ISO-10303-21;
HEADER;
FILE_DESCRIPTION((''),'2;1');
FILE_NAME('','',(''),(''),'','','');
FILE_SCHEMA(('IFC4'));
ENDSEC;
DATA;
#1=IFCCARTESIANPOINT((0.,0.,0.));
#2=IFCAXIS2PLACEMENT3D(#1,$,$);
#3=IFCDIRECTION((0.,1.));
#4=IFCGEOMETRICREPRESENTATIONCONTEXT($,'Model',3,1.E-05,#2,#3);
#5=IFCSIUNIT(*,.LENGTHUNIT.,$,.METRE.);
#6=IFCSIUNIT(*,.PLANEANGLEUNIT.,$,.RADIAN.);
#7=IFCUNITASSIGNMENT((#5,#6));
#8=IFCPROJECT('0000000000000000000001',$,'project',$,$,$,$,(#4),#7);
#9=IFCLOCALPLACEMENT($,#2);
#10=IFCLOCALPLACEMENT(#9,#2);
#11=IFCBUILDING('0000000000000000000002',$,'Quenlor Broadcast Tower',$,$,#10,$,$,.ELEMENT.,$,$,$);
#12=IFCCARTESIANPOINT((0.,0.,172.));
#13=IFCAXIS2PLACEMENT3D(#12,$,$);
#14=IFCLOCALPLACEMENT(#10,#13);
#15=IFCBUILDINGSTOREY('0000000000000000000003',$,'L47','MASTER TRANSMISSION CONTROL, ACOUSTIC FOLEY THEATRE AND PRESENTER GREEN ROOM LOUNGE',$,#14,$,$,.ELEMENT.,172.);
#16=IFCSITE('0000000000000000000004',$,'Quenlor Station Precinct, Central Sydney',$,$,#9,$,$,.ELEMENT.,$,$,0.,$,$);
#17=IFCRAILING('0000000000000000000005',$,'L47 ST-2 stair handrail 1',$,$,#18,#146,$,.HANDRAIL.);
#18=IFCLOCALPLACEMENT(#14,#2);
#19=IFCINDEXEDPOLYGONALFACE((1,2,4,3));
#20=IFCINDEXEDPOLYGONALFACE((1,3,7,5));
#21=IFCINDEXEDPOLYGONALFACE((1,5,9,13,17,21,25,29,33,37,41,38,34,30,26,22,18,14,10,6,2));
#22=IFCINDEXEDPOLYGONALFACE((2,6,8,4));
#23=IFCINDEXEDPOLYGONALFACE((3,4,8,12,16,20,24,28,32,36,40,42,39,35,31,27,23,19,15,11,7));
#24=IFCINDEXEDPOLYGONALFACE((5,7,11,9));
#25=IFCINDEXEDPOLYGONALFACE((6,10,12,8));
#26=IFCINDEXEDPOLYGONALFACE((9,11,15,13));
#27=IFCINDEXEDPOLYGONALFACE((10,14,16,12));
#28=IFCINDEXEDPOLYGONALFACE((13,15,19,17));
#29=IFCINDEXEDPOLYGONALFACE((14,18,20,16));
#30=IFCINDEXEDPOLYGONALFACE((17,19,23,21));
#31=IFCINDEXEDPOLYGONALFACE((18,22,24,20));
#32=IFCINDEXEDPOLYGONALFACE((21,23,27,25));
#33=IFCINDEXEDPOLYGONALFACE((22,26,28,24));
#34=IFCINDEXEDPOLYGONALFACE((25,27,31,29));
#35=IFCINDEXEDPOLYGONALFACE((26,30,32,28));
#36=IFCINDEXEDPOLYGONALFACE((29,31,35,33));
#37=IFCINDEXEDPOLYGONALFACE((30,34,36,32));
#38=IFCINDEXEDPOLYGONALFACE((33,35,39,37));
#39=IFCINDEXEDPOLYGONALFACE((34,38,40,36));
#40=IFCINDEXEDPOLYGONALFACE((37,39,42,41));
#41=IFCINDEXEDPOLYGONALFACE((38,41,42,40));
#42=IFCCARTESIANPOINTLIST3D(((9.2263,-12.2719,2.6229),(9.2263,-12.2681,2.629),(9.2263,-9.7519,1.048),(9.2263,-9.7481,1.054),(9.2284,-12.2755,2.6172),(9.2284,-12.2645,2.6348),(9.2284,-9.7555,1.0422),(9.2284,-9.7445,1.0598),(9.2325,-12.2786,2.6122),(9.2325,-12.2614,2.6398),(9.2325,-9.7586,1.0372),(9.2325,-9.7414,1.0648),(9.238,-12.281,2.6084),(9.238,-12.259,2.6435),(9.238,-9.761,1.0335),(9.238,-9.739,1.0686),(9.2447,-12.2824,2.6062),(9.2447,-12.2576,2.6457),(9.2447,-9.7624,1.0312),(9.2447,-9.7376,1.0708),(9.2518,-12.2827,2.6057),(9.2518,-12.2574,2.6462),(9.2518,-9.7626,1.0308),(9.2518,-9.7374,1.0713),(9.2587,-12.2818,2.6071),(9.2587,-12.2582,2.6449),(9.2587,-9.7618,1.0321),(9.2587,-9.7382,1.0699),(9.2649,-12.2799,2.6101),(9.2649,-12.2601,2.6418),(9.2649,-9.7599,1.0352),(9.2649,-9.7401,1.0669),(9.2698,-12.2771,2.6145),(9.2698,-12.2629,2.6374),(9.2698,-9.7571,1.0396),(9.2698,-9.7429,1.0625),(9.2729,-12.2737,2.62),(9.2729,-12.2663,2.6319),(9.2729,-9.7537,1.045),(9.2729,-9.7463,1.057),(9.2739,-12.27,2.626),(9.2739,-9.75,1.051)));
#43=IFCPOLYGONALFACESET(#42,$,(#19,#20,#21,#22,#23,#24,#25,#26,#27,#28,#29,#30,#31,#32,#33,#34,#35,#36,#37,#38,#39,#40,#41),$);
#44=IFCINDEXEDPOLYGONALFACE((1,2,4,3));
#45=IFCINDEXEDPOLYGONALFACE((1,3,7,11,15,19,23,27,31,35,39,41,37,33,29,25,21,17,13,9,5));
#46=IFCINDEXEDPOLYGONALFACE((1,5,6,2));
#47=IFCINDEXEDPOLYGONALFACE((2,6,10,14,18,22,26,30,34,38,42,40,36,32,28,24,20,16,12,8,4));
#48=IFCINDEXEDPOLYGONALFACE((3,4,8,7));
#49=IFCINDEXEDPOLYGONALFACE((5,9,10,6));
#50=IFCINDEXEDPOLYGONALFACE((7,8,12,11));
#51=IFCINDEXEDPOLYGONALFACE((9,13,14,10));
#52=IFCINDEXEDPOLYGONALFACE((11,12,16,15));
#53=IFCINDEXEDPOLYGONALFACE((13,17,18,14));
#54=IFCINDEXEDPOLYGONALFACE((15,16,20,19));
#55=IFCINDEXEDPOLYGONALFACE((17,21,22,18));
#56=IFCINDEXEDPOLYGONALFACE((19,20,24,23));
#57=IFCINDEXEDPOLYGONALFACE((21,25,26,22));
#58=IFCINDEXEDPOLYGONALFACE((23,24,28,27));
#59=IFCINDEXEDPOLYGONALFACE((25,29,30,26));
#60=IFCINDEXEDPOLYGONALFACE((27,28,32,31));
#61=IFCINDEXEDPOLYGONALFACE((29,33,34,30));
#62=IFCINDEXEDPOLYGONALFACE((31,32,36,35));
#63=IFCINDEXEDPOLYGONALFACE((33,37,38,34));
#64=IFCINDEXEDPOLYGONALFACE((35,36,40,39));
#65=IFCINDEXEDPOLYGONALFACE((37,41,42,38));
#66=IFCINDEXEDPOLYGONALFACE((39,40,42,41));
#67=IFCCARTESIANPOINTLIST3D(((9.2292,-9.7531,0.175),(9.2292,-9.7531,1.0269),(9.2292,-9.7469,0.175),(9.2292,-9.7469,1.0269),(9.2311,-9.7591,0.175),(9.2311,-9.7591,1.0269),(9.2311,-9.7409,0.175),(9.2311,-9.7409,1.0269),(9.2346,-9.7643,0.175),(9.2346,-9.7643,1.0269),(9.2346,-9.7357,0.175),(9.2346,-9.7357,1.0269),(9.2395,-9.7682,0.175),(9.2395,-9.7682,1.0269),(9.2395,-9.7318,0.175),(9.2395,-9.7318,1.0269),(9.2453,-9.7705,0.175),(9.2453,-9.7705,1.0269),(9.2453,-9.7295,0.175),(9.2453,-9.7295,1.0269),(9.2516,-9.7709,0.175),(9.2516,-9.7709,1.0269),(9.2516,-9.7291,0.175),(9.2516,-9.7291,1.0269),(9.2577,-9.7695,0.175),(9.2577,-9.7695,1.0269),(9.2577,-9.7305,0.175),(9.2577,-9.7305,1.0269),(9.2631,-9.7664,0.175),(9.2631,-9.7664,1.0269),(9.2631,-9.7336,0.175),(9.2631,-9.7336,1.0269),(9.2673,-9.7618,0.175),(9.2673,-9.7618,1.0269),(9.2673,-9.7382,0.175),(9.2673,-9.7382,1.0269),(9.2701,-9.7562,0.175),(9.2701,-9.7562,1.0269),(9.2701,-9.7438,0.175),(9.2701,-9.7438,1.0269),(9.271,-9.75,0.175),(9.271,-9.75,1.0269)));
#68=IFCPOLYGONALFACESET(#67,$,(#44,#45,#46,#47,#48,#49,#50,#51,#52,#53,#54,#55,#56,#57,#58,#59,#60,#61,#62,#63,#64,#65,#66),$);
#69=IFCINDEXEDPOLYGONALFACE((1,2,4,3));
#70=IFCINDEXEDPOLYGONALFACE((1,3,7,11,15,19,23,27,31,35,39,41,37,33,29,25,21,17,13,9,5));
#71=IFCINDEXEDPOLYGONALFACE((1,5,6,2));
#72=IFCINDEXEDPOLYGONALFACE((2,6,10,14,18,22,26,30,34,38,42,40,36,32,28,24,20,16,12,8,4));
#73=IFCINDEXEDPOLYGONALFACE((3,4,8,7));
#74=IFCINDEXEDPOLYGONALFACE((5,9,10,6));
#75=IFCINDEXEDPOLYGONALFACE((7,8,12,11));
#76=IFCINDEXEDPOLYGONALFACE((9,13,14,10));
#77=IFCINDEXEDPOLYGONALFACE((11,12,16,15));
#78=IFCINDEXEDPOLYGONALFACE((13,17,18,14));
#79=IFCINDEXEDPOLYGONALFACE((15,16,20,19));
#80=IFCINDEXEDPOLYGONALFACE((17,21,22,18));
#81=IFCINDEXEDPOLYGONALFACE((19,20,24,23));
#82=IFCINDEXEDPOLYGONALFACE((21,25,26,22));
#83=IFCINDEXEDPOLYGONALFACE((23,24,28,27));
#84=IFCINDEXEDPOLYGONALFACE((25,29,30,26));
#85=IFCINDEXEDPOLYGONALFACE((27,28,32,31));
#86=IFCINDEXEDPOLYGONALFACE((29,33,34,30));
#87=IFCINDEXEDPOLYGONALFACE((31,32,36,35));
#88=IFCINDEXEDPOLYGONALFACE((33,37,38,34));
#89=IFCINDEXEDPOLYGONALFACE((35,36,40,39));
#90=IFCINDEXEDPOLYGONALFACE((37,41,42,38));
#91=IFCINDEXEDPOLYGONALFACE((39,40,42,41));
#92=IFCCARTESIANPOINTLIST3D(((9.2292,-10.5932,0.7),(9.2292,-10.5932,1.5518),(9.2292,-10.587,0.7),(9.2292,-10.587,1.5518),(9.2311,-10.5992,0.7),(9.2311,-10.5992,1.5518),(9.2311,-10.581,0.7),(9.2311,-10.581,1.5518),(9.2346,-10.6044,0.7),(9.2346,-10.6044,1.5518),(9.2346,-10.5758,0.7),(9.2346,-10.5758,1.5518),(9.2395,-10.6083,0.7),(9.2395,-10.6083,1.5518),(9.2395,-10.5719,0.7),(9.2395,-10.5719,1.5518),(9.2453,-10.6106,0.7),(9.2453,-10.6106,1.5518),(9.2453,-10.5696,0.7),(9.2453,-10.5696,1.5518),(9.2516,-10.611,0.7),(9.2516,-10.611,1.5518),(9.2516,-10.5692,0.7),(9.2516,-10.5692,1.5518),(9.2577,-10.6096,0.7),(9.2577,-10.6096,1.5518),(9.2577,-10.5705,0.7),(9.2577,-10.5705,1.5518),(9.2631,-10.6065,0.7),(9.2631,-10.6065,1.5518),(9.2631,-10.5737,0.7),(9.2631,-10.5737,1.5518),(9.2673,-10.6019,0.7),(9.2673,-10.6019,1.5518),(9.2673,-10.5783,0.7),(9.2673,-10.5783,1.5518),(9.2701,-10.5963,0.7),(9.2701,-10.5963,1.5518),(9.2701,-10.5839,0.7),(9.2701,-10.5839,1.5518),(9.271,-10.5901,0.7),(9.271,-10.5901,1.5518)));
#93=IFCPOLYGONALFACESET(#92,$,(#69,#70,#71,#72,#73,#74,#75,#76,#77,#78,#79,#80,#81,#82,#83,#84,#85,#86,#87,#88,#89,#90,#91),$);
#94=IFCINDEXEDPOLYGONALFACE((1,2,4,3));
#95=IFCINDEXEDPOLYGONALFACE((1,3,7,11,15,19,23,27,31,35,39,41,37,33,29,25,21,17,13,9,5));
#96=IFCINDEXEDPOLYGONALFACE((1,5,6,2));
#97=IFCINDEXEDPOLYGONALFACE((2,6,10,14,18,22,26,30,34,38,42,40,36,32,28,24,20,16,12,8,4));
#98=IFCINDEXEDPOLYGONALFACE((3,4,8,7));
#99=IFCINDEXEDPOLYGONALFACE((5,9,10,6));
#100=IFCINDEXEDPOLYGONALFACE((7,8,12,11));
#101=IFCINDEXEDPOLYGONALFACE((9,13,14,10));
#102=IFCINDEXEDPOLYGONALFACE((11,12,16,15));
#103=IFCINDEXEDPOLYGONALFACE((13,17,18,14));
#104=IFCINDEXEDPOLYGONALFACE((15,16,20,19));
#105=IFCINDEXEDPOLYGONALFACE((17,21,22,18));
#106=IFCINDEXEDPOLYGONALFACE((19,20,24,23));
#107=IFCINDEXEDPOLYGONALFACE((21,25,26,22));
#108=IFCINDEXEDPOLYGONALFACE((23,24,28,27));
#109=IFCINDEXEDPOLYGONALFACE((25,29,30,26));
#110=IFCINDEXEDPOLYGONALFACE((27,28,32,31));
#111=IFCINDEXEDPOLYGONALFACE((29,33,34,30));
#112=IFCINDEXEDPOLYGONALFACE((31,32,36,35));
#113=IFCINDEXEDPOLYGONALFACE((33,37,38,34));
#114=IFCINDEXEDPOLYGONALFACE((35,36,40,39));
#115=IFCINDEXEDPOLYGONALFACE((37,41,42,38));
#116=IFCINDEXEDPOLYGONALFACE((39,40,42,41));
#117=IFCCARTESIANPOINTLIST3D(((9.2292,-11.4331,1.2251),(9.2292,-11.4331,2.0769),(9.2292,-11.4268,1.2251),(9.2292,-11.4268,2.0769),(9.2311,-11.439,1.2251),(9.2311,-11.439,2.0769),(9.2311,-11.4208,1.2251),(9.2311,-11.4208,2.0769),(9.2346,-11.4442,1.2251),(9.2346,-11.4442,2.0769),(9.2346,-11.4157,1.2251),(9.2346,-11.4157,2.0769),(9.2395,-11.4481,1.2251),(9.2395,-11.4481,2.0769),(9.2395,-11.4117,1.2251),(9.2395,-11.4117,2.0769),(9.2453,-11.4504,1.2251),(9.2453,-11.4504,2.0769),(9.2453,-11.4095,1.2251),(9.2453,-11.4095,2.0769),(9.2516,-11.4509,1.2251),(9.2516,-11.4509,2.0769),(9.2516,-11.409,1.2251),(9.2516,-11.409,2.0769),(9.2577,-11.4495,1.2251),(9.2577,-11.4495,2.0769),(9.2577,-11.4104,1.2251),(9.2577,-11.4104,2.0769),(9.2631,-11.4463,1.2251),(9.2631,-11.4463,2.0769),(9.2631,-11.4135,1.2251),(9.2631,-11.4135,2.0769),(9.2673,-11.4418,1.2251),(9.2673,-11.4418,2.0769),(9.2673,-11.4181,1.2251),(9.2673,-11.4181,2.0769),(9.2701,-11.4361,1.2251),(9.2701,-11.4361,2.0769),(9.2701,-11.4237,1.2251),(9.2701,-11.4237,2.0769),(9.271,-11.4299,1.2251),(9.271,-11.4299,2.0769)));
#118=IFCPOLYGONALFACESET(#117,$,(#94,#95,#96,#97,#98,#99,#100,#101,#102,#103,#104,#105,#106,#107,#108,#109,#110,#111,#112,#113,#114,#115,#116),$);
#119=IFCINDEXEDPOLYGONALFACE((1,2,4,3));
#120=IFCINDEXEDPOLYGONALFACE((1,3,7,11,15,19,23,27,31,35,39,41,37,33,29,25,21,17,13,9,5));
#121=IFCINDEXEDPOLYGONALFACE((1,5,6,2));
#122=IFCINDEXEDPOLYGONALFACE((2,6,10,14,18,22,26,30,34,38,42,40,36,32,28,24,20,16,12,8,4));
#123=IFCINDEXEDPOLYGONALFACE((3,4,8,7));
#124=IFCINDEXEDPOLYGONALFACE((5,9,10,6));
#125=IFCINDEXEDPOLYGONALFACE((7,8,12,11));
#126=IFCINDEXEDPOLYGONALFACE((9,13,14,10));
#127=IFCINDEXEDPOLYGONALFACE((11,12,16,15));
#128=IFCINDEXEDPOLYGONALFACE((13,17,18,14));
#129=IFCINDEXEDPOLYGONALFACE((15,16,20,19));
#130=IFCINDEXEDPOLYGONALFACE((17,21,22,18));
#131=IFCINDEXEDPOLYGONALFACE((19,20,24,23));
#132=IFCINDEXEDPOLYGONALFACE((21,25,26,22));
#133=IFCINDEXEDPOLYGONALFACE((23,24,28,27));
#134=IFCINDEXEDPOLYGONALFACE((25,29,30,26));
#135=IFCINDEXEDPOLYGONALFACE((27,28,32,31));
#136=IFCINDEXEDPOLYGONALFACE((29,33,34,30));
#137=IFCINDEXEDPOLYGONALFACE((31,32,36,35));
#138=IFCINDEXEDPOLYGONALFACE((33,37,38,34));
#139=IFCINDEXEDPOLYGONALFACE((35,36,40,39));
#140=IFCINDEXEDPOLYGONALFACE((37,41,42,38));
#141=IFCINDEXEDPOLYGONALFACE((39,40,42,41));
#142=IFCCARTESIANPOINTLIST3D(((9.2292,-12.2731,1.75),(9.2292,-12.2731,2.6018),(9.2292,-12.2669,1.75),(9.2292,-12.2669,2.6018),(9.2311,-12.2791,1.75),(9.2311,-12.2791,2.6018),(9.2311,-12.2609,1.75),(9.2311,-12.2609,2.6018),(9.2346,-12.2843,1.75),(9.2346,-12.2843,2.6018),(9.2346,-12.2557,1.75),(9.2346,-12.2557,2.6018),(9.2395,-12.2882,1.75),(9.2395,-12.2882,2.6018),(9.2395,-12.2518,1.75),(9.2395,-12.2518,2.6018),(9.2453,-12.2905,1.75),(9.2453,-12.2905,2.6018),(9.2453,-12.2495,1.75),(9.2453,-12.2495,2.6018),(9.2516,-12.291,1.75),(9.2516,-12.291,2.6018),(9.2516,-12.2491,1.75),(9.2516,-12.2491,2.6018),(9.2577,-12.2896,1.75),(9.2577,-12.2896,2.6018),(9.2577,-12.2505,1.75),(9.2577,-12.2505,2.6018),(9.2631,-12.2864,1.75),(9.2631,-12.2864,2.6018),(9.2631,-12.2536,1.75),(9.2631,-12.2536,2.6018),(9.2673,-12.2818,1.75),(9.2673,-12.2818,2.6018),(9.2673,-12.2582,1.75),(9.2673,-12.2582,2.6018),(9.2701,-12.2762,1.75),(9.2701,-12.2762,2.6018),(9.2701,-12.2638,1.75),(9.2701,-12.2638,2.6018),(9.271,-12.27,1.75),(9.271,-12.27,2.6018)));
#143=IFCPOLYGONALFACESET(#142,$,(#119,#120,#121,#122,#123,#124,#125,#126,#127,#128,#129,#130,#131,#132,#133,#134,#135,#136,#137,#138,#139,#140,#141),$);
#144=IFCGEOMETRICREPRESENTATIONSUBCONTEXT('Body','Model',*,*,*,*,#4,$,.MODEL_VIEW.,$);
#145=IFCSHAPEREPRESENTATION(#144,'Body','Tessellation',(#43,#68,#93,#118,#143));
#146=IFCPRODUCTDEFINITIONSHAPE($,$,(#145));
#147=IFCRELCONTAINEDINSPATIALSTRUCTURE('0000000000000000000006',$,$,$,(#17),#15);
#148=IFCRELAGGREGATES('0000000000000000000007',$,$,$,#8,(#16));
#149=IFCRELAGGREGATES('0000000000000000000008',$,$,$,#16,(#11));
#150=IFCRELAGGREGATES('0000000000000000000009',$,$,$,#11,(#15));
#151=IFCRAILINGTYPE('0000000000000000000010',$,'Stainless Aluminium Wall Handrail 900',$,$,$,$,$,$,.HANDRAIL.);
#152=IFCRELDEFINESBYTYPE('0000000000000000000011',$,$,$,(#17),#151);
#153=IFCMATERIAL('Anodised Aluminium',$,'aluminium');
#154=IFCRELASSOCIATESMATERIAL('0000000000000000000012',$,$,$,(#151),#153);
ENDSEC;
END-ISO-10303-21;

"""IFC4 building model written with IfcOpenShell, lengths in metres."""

from ifc_helpers import new_model, si_unit, direction, frame, origin, origin_2d, place, context, subcontext, project, spatial, circle, extrude, material, type_object, element, save


model = new_model("IFC4")

# Units and contexts
model_context = context("Model", 3, precision=1e-05, world=origin(), true_north=direction((0.0, 1.0)))
body_context = subcontext(model_context, "Body", "Model", "MODEL_VIEW")
ifc_project = project(units=[si_unit("LENGTHUNIT", "METRE"), si_unit("PLANEANGLEUNIT", "RADIAN")], contexts=[model_context])

# Site, building, storey
site_placement = place(None, origin())
site = spatial("IfcSite", under=ifc_project, at=site_placement, Name="Quenlor Station Precinct, Central Sydney", CompositionType="ELEMENT", RefElevation=0.0)
building_placement = place(site_placement, origin())
building = spatial("IfcBuilding", under=site, at=building_placement, Name="Quenlor Broadcast Tower", CompositionType="ELEMENT")
storey_placement = place(building_placement, frame((0.0, 0.0, 172.0)))
storey = spatial("IfcBuildingStorey", under=building, at=storey_placement, Name="L47", Description="MASTER TRANSMISSION CONTROL, ACOUSTIC FOLEY THEATRE AND PRESENTER GREEN ROOM LOUNGE", CompositionType="ELEMENT", Elevation=172.0)

# Railing
ifc_material_1 = material(Name="Anodised Aluminium", Category="aluminium")
railing_type_1 = type_object("IfcRailingType", Name="Stainless Aluminium Wall Handrail 900", PredefinedType="HANDRAIL", material=ifc_material_1)
railing_1_placement = place(storey_placement, frame((9.25, -9.75, 0.175)))
element("IfcRailing", 1, at=railing_1_placement, inside=storey, type_object=railing_type_1, Name="L47 ST-2 stair handrail 1", PredefinedType="HANDRAIL", context=body_context, shape_type="SweptSolid", body=[
    extrude(circle(Radius=0.0239, at=origin_2d()), frame((0.0, 0.0, 0.876), z_axis=(0.0, -0.848008, 0.529984), x_axis=(1.0, 0.0, 0.0)), (0.0, 0.0, 1.0), 2.9717),
    extrude(circle(Radius=0.021, at=origin_2d()), origin(), (0.0, 0.0, 1.0), 0.8518),
    extrude(circle(Radius=0.021, at=origin_2d()), frame((0.0, -0.8401, 0.5249)), (0.0, 0.0, 1.0), 0.8518),
    extrude(circle(Radius=0.021, at=origin_2d()), frame((0.0, -1.6799, 1.05)), (0.0, 0.0, 1.0), 0.8518),
    extrude(circle(Radius=0.021, at=origin_2d()), frame((0.0, -2.52, 1.575)), (0.0, 0.0, 1.0), 0.8518),
])

save(model, "model.ifc")
